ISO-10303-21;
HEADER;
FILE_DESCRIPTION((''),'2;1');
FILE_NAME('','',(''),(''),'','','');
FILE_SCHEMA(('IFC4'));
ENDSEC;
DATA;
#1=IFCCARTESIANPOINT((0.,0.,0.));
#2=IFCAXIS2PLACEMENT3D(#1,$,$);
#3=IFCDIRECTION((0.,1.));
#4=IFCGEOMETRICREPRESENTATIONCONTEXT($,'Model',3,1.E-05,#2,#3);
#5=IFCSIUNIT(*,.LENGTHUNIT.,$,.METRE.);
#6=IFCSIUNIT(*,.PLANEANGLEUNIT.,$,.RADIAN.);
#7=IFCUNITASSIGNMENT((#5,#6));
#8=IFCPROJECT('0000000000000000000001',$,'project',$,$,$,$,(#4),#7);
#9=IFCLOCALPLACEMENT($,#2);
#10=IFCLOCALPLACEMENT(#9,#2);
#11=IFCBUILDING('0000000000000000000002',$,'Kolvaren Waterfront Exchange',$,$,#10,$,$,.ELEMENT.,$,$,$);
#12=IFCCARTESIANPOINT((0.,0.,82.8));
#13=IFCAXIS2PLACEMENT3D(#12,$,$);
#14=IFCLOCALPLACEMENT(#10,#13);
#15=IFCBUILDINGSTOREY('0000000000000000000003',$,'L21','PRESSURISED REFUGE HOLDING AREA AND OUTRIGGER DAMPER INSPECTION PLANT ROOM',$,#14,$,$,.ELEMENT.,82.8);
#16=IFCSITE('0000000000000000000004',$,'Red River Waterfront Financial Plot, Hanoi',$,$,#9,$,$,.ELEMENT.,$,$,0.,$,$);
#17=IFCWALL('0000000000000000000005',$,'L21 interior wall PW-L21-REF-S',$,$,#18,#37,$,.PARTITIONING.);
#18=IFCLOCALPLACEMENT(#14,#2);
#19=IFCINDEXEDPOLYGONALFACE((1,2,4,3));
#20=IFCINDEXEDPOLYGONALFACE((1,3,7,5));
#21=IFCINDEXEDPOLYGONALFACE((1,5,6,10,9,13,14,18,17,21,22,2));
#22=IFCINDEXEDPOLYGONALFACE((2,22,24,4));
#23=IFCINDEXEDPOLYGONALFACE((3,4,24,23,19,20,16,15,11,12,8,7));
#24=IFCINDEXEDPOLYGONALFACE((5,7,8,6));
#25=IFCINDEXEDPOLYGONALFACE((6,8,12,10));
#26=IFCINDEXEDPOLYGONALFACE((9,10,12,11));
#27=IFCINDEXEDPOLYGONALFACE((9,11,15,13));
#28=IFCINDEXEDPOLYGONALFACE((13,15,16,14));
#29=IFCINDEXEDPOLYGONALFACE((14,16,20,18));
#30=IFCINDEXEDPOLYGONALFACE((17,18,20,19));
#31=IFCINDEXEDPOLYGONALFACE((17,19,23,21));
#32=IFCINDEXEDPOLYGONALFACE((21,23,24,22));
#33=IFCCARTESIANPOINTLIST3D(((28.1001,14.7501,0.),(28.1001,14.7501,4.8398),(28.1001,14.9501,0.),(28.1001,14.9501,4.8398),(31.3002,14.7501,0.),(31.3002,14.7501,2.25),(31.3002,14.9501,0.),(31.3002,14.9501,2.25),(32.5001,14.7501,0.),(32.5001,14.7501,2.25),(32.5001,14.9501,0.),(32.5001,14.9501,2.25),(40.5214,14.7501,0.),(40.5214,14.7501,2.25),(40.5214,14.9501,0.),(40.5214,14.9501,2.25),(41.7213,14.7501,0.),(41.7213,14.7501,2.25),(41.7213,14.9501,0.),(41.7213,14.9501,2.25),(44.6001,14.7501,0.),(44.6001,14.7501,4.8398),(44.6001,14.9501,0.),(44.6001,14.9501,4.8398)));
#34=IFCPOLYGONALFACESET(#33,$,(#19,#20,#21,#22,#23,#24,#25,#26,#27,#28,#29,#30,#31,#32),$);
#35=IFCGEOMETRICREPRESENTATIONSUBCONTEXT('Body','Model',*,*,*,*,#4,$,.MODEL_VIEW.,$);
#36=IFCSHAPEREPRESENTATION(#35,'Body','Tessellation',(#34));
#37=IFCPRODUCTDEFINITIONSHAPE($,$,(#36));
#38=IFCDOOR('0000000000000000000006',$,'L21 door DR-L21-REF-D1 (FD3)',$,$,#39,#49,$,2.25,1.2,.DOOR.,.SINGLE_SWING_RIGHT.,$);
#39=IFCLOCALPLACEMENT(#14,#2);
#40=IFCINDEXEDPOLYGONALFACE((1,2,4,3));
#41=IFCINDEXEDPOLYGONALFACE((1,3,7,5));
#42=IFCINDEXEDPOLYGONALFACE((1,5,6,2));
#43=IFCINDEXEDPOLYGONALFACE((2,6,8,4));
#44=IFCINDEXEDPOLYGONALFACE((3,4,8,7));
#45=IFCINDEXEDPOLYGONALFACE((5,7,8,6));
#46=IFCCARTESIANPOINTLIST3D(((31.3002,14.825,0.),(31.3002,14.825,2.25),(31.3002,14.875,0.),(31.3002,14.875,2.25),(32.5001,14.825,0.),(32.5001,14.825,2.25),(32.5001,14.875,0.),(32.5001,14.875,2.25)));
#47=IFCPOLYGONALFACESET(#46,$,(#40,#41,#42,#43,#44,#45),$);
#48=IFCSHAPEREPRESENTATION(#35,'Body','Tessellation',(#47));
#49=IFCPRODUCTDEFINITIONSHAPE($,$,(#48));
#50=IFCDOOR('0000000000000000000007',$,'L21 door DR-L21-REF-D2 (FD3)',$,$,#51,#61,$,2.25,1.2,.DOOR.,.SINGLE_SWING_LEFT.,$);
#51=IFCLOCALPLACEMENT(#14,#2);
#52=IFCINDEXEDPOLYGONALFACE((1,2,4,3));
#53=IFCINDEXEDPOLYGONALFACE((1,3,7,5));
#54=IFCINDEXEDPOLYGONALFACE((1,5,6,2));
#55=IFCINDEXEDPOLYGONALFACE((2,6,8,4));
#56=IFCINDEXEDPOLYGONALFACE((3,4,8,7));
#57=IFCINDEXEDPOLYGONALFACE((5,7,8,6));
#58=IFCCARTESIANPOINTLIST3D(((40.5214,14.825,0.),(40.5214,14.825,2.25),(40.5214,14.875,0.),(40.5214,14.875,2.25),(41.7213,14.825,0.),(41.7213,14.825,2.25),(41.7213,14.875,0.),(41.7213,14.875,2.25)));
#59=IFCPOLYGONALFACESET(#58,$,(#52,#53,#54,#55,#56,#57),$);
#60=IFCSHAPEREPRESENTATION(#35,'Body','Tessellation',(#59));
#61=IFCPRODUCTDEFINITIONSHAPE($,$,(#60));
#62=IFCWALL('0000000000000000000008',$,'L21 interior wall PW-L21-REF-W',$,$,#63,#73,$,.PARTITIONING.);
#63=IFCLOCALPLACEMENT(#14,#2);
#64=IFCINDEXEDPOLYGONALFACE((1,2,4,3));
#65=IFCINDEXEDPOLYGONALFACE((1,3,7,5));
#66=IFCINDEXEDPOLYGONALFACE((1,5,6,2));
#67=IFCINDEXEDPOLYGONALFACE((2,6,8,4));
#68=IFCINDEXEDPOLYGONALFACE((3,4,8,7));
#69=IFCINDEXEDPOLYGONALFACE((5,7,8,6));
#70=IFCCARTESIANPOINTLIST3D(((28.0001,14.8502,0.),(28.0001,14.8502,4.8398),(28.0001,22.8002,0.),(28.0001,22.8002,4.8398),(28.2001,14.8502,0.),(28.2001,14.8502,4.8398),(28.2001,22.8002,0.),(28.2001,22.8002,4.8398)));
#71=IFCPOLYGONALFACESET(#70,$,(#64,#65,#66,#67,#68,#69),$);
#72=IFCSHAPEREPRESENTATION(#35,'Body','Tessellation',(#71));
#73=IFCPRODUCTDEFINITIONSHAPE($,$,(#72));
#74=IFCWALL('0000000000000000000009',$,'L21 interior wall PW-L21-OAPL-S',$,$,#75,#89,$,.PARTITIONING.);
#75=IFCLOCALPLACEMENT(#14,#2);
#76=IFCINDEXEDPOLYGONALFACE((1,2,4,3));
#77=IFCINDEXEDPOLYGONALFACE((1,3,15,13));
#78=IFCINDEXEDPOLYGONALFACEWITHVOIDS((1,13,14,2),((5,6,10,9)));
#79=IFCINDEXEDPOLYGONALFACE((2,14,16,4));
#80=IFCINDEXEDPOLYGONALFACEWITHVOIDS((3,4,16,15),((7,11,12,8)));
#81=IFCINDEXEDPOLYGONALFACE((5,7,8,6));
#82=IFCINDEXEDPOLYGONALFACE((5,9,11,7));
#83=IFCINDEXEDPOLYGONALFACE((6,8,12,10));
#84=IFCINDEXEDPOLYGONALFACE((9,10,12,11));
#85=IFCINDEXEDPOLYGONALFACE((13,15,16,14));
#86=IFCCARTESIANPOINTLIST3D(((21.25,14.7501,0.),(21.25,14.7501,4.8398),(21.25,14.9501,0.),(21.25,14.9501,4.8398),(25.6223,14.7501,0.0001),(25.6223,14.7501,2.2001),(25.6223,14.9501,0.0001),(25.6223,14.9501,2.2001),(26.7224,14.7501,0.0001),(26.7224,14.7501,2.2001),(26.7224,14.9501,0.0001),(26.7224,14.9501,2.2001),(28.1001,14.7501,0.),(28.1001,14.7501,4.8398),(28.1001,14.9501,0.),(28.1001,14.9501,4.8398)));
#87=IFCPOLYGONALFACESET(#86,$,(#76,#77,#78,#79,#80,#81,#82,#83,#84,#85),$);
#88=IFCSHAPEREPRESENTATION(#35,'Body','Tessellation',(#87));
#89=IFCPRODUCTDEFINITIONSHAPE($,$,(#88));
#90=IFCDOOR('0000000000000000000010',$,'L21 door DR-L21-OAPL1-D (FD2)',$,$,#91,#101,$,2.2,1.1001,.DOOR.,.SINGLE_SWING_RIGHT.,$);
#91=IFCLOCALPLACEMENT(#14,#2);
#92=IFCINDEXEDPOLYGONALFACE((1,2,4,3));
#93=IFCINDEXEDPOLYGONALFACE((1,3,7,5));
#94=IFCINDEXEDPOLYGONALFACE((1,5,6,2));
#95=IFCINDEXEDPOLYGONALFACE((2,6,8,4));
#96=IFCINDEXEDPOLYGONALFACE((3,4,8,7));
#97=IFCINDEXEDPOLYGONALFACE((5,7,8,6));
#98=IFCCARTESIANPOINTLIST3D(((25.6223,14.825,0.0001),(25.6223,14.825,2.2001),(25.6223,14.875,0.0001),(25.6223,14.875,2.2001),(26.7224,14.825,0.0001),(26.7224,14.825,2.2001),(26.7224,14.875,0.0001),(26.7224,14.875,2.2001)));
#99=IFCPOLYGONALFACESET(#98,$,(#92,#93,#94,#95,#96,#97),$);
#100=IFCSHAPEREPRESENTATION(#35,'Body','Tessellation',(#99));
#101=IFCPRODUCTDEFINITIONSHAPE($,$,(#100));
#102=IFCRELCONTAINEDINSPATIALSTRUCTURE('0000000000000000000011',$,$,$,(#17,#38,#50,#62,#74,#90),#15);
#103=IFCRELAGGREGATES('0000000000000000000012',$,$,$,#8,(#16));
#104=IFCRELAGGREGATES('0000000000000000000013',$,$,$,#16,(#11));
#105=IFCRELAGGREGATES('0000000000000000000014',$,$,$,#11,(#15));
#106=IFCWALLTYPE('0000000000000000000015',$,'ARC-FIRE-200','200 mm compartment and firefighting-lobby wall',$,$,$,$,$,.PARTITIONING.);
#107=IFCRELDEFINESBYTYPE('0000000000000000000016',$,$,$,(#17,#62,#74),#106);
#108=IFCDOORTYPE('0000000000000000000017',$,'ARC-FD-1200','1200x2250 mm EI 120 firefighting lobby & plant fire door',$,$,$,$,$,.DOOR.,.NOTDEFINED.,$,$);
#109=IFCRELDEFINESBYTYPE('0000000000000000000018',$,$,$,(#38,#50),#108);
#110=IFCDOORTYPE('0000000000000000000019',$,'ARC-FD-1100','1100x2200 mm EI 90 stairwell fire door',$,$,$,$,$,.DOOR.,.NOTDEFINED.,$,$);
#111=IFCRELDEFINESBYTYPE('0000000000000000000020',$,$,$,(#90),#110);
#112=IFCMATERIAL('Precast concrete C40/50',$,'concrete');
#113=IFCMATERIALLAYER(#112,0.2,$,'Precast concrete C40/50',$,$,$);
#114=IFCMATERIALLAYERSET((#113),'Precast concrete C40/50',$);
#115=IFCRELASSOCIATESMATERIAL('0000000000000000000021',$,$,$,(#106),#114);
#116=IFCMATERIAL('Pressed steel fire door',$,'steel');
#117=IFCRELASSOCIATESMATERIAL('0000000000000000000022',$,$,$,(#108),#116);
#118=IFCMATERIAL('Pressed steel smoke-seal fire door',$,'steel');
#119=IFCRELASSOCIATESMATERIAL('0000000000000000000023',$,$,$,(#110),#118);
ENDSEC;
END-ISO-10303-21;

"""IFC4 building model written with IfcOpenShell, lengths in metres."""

from ifc_helpers import new_model, si_unit, direction, frame, frame_2d, origin, place, context, subcontext, project, spatial, rectangle, extrude, material, layer, layer_set, type_object, element, fill, save


model = new_model("IFC4")

# Units and contexts
model_context = context("Model", 3, precision=1e-05, world=origin(), true_north=direction((0.0, 1.0)))
body_context = subcontext(model_context, "Body", "Model", "MODEL_VIEW")
ifc_project = project(units=[si_unit("LENGTHUNIT", "METRE"), si_unit("PLANEANGLEUNIT", "RADIAN")], contexts=[model_context])

# Site, building, storey
site_placement = place(None, origin())
site = spatial("IfcSite", under=ifc_project, at=site_placement, Name="Red River Waterfront Financial Plot, Hanoi", CompositionType="ELEMENT", RefElevation=0.0)
building_placement = place(site_placement, origin())
building = spatial("IfcBuilding", under=site, at=building_placement, Name="Kolvaren Waterfront Exchange", CompositionType="ELEMENT")
storey_placement = place(building_placement, frame((0.0, 0.0, 82.8)))
storey = spatial("IfcBuildingStorey", under=building, at=storey_placement, Name="L21", Description="PRESSURISED REFUGE HOLDING AREA AND OUTRIGGER DAMPER INSPECTION PLANT ROOM", CompositionType="ELEMENT", Elevation=82.8)

# Wall, openings, doors
ifc_material_1 = material(Name="Precast concrete C40/50", Category="concrete")
ifc_layer_1 = layer(ifc_material_1, 0.2, Name="Precast concrete C40/50")
ifc_layer_set_1 = layer_set([ifc_layer_1], Name="Precast concrete C40/50")
wall_type_1 = type_object("IfcWallType", Name="ARC-FIRE-200", Description="200 mm compartment and firefighting-lobby wall", PredefinedType="PARTITIONING", material=ifc_layer_set_1)
wall_1_placement = place(storey_placement, frame((28.1001, 14.8501, 0.0), z_axis=(0.0, 0.0, 1.0), x_axis=(1.0, 0.0, 0.0)))
wall_1 = element("IfcWall", 1, at=wall_1_placement, inside=storey, type_object=wall_type_1, Name="L21 interior wall PW-L21-REF-S", PredefinedType="PARTITIONING", context=body_context, shape_type="SweptSolid", body=[
    extrude(rectangle(XDim=16.5, YDim=0.2, at=frame_2d((8.25, 0.0))), origin(), (0.0, 0.0, 1.0), 4.8398),
])
opening_1_placement = place(wall_1_placement, frame((3.2, 0.0, 0.0)))
opening_1 = element("IfcOpeningElement", 2, at=opening_1_placement, cuts=wall_1, PredefinedType="OPENING", context=body_context, shape_type="SweptSolid", body=[
    extrude(rectangle(XDim=1.2, YDim=2.25, at=frame_2d((0.6001, 1.125))), frame((0.0, 0.1099, 0.0), z_axis=(0.0, -1.0, 0.0), x_axis=(1.0, 0.0, 0.0)), (0.0, 0.0, 1.0), 0.22),
])
opening_2_placement = place(wall_1_placement, frame((12.4211, 0.0, 0.0)))
opening_2 = element("IfcOpeningElement", 3, at=opening_2_placement, cuts=wall_1, PredefinedType="OPENING", context=body_context, shape_type="SweptSolid", body=[
    extrude(rectangle(XDim=1.2, YDim=2.25, at=frame_2d((0.6001, 1.125))), frame((0.0, 0.1099, 0.0), z_axis=(0.0, -1.0, 0.0), x_axis=(1.0, 0.0, 0.0)), (0.0, 0.0, 1.0), 0.22),
])
ifc_material_2 = material(Name="Pressed steel fire door", Category="steel")
door_type_1 = type_object("IfcDoorType", Name="ARC-FD-1200", Description="1200x2250 mm EI 120 firefighting lobby & plant fire door", OperationType="NOTDEFINED", PredefinedType="DOOR", material=ifc_material_2)
door_1_placement = place(opening_1_placement, origin())
door_1 = element("IfcDoor", 4, at=door_1_placement, inside=storey, type_object=door_type_1, Name="L21 door DR-L21-REF-D1 (FD3)", OperationType="SINGLE_SWING_RIGHT", OverallHeight=2.25, OverallWidth=1.2, PredefinedType="DOOR", context=body_context, shape_type="SweptSolid", body=[
    extrude(rectangle(XDim=1.2, YDim=2.25, at=frame_2d((0.6001, 1.125))), frame((0.0, 0.0249, 0.0), z_axis=(0.0, -1.0, 0.0), x_axis=(1.0, 0.0, 0.0)), (0.0, 0.0, 1.0), 0.05),
])
fill(opening_1, door_1)
door_2_placement = place(opening_2_placement, origin())
door_2 = element("IfcDoor", 5, at=door_2_placement, inside=storey, type_object=door_type_1, Name="L21 door DR-L21-REF-D2 (FD3)", OperationType="SINGLE_SWING_LEFT", OverallHeight=2.25, OverallWidth=1.2, PredefinedType="DOOR", context=body_context, shape_type="SweptSolid", body=[
    extrude(rectangle(XDim=1.2, YDim=2.25, at=frame_2d((0.6001, 1.125))), frame((0.0, 0.0249, 0.0), z_axis=(0.0, -1.0, 0.0), x_axis=(1.0, 0.0, 0.0)), (0.0, 0.0, 1.0), 0.05),
])
fill(opening_2, door_2)

# Wall
wall_2_placement = place(storey_placement, frame((28.1001, 14.8501, 0.0), z_axis=(0.0, 0.0, 1.0), x_axis=(0.0, 1.0, 0.0)))
element("IfcWall", 6, at=wall_2_placement, inside=storey, type_object=wall_type_1, Name="L21 interior wall PW-L21-REF-W", PredefinedType="PARTITIONING", context=body_context, shape_type="SweptSolid", body=[
    extrude(rectangle(XDim=7.95, YDim=0.2, at=frame_2d((3.9751, 0.0))), origin(), (0.0, 0.0, 1.0), 4.8398),
])

# Wall, opening, door
wall_3_placement = place(storey_placement, frame((21.25, 14.8501, 0.0), z_axis=(0.0, 0.0, 1.0), x_axis=(1.0, 0.0, 0.0)))
wall_3 = element("IfcWall", 7, at=wall_3_placement, inside=storey, type_object=wall_type_1, Name="L21 interior wall PW-L21-OAPL-S", PredefinedType="PARTITIONING", context=body_context, shape_type="SweptSolid", body=[
    extrude(rectangle(XDim=6.8501, YDim=0.2, at=frame_2d((3.425, 0.0))), origin(), (0.0, 0.0, 1.0), 4.8398),
])
opening_3_placement = place(wall_3_placement, frame((4.3723, 0.0, 0.0)))
opening_3 = element("IfcOpeningElement", 8, at=opening_3_placement, cuts=wall_3, PredefinedType="OPENING", context=body_context, shape_type="SweptSolid", body=[
    extrude(rectangle(XDim=1.1001, YDim=2.2, at=frame_2d((0.55, 1.1001))), frame((0.0, 0.1099, 0.0), z_axis=(0.0, -1.0, 0.0), x_axis=(1.0, 0.0, 0.0)), (0.0, 0.0, 1.0), 0.22),
])
ifc_material_3 = material(Name="Pressed steel smoke-seal fire door", Category="steel")
door_type_2 = type_object("IfcDoorType", Name="ARC-FD-1100", Description="1100x2200 mm EI 90 stairwell fire door", OperationType="NOTDEFINED", PredefinedType="DOOR", material=ifc_material_3)
door_3_placement = place(opening_3_placement, origin())
door_3 = element("IfcDoor", 9, at=door_3_placement, inside=storey, type_object=door_type_2, Name="L21 door DR-L21-OAPL1-D (FD2)", OperationType="SINGLE_SWING_RIGHT", OverallHeight=2.2, OverallWidth=1.1001, PredefinedType="DOOR", context=body_context, shape_type="SweptSolid", body=[
    extrude(rectangle(XDim=1.1001, YDim=2.2, at=frame_2d((0.55, 1.1001))), frame((0.0, 0.0249, 0.0), z_axis=(0.0, -1.0, 0.0), x_axis=(1.0, 0.0, 0.0)), (0.0, 0.0, 1.0), 0.05),
])
fill(opening_3, door_3)

save(model, "model.ifc")
